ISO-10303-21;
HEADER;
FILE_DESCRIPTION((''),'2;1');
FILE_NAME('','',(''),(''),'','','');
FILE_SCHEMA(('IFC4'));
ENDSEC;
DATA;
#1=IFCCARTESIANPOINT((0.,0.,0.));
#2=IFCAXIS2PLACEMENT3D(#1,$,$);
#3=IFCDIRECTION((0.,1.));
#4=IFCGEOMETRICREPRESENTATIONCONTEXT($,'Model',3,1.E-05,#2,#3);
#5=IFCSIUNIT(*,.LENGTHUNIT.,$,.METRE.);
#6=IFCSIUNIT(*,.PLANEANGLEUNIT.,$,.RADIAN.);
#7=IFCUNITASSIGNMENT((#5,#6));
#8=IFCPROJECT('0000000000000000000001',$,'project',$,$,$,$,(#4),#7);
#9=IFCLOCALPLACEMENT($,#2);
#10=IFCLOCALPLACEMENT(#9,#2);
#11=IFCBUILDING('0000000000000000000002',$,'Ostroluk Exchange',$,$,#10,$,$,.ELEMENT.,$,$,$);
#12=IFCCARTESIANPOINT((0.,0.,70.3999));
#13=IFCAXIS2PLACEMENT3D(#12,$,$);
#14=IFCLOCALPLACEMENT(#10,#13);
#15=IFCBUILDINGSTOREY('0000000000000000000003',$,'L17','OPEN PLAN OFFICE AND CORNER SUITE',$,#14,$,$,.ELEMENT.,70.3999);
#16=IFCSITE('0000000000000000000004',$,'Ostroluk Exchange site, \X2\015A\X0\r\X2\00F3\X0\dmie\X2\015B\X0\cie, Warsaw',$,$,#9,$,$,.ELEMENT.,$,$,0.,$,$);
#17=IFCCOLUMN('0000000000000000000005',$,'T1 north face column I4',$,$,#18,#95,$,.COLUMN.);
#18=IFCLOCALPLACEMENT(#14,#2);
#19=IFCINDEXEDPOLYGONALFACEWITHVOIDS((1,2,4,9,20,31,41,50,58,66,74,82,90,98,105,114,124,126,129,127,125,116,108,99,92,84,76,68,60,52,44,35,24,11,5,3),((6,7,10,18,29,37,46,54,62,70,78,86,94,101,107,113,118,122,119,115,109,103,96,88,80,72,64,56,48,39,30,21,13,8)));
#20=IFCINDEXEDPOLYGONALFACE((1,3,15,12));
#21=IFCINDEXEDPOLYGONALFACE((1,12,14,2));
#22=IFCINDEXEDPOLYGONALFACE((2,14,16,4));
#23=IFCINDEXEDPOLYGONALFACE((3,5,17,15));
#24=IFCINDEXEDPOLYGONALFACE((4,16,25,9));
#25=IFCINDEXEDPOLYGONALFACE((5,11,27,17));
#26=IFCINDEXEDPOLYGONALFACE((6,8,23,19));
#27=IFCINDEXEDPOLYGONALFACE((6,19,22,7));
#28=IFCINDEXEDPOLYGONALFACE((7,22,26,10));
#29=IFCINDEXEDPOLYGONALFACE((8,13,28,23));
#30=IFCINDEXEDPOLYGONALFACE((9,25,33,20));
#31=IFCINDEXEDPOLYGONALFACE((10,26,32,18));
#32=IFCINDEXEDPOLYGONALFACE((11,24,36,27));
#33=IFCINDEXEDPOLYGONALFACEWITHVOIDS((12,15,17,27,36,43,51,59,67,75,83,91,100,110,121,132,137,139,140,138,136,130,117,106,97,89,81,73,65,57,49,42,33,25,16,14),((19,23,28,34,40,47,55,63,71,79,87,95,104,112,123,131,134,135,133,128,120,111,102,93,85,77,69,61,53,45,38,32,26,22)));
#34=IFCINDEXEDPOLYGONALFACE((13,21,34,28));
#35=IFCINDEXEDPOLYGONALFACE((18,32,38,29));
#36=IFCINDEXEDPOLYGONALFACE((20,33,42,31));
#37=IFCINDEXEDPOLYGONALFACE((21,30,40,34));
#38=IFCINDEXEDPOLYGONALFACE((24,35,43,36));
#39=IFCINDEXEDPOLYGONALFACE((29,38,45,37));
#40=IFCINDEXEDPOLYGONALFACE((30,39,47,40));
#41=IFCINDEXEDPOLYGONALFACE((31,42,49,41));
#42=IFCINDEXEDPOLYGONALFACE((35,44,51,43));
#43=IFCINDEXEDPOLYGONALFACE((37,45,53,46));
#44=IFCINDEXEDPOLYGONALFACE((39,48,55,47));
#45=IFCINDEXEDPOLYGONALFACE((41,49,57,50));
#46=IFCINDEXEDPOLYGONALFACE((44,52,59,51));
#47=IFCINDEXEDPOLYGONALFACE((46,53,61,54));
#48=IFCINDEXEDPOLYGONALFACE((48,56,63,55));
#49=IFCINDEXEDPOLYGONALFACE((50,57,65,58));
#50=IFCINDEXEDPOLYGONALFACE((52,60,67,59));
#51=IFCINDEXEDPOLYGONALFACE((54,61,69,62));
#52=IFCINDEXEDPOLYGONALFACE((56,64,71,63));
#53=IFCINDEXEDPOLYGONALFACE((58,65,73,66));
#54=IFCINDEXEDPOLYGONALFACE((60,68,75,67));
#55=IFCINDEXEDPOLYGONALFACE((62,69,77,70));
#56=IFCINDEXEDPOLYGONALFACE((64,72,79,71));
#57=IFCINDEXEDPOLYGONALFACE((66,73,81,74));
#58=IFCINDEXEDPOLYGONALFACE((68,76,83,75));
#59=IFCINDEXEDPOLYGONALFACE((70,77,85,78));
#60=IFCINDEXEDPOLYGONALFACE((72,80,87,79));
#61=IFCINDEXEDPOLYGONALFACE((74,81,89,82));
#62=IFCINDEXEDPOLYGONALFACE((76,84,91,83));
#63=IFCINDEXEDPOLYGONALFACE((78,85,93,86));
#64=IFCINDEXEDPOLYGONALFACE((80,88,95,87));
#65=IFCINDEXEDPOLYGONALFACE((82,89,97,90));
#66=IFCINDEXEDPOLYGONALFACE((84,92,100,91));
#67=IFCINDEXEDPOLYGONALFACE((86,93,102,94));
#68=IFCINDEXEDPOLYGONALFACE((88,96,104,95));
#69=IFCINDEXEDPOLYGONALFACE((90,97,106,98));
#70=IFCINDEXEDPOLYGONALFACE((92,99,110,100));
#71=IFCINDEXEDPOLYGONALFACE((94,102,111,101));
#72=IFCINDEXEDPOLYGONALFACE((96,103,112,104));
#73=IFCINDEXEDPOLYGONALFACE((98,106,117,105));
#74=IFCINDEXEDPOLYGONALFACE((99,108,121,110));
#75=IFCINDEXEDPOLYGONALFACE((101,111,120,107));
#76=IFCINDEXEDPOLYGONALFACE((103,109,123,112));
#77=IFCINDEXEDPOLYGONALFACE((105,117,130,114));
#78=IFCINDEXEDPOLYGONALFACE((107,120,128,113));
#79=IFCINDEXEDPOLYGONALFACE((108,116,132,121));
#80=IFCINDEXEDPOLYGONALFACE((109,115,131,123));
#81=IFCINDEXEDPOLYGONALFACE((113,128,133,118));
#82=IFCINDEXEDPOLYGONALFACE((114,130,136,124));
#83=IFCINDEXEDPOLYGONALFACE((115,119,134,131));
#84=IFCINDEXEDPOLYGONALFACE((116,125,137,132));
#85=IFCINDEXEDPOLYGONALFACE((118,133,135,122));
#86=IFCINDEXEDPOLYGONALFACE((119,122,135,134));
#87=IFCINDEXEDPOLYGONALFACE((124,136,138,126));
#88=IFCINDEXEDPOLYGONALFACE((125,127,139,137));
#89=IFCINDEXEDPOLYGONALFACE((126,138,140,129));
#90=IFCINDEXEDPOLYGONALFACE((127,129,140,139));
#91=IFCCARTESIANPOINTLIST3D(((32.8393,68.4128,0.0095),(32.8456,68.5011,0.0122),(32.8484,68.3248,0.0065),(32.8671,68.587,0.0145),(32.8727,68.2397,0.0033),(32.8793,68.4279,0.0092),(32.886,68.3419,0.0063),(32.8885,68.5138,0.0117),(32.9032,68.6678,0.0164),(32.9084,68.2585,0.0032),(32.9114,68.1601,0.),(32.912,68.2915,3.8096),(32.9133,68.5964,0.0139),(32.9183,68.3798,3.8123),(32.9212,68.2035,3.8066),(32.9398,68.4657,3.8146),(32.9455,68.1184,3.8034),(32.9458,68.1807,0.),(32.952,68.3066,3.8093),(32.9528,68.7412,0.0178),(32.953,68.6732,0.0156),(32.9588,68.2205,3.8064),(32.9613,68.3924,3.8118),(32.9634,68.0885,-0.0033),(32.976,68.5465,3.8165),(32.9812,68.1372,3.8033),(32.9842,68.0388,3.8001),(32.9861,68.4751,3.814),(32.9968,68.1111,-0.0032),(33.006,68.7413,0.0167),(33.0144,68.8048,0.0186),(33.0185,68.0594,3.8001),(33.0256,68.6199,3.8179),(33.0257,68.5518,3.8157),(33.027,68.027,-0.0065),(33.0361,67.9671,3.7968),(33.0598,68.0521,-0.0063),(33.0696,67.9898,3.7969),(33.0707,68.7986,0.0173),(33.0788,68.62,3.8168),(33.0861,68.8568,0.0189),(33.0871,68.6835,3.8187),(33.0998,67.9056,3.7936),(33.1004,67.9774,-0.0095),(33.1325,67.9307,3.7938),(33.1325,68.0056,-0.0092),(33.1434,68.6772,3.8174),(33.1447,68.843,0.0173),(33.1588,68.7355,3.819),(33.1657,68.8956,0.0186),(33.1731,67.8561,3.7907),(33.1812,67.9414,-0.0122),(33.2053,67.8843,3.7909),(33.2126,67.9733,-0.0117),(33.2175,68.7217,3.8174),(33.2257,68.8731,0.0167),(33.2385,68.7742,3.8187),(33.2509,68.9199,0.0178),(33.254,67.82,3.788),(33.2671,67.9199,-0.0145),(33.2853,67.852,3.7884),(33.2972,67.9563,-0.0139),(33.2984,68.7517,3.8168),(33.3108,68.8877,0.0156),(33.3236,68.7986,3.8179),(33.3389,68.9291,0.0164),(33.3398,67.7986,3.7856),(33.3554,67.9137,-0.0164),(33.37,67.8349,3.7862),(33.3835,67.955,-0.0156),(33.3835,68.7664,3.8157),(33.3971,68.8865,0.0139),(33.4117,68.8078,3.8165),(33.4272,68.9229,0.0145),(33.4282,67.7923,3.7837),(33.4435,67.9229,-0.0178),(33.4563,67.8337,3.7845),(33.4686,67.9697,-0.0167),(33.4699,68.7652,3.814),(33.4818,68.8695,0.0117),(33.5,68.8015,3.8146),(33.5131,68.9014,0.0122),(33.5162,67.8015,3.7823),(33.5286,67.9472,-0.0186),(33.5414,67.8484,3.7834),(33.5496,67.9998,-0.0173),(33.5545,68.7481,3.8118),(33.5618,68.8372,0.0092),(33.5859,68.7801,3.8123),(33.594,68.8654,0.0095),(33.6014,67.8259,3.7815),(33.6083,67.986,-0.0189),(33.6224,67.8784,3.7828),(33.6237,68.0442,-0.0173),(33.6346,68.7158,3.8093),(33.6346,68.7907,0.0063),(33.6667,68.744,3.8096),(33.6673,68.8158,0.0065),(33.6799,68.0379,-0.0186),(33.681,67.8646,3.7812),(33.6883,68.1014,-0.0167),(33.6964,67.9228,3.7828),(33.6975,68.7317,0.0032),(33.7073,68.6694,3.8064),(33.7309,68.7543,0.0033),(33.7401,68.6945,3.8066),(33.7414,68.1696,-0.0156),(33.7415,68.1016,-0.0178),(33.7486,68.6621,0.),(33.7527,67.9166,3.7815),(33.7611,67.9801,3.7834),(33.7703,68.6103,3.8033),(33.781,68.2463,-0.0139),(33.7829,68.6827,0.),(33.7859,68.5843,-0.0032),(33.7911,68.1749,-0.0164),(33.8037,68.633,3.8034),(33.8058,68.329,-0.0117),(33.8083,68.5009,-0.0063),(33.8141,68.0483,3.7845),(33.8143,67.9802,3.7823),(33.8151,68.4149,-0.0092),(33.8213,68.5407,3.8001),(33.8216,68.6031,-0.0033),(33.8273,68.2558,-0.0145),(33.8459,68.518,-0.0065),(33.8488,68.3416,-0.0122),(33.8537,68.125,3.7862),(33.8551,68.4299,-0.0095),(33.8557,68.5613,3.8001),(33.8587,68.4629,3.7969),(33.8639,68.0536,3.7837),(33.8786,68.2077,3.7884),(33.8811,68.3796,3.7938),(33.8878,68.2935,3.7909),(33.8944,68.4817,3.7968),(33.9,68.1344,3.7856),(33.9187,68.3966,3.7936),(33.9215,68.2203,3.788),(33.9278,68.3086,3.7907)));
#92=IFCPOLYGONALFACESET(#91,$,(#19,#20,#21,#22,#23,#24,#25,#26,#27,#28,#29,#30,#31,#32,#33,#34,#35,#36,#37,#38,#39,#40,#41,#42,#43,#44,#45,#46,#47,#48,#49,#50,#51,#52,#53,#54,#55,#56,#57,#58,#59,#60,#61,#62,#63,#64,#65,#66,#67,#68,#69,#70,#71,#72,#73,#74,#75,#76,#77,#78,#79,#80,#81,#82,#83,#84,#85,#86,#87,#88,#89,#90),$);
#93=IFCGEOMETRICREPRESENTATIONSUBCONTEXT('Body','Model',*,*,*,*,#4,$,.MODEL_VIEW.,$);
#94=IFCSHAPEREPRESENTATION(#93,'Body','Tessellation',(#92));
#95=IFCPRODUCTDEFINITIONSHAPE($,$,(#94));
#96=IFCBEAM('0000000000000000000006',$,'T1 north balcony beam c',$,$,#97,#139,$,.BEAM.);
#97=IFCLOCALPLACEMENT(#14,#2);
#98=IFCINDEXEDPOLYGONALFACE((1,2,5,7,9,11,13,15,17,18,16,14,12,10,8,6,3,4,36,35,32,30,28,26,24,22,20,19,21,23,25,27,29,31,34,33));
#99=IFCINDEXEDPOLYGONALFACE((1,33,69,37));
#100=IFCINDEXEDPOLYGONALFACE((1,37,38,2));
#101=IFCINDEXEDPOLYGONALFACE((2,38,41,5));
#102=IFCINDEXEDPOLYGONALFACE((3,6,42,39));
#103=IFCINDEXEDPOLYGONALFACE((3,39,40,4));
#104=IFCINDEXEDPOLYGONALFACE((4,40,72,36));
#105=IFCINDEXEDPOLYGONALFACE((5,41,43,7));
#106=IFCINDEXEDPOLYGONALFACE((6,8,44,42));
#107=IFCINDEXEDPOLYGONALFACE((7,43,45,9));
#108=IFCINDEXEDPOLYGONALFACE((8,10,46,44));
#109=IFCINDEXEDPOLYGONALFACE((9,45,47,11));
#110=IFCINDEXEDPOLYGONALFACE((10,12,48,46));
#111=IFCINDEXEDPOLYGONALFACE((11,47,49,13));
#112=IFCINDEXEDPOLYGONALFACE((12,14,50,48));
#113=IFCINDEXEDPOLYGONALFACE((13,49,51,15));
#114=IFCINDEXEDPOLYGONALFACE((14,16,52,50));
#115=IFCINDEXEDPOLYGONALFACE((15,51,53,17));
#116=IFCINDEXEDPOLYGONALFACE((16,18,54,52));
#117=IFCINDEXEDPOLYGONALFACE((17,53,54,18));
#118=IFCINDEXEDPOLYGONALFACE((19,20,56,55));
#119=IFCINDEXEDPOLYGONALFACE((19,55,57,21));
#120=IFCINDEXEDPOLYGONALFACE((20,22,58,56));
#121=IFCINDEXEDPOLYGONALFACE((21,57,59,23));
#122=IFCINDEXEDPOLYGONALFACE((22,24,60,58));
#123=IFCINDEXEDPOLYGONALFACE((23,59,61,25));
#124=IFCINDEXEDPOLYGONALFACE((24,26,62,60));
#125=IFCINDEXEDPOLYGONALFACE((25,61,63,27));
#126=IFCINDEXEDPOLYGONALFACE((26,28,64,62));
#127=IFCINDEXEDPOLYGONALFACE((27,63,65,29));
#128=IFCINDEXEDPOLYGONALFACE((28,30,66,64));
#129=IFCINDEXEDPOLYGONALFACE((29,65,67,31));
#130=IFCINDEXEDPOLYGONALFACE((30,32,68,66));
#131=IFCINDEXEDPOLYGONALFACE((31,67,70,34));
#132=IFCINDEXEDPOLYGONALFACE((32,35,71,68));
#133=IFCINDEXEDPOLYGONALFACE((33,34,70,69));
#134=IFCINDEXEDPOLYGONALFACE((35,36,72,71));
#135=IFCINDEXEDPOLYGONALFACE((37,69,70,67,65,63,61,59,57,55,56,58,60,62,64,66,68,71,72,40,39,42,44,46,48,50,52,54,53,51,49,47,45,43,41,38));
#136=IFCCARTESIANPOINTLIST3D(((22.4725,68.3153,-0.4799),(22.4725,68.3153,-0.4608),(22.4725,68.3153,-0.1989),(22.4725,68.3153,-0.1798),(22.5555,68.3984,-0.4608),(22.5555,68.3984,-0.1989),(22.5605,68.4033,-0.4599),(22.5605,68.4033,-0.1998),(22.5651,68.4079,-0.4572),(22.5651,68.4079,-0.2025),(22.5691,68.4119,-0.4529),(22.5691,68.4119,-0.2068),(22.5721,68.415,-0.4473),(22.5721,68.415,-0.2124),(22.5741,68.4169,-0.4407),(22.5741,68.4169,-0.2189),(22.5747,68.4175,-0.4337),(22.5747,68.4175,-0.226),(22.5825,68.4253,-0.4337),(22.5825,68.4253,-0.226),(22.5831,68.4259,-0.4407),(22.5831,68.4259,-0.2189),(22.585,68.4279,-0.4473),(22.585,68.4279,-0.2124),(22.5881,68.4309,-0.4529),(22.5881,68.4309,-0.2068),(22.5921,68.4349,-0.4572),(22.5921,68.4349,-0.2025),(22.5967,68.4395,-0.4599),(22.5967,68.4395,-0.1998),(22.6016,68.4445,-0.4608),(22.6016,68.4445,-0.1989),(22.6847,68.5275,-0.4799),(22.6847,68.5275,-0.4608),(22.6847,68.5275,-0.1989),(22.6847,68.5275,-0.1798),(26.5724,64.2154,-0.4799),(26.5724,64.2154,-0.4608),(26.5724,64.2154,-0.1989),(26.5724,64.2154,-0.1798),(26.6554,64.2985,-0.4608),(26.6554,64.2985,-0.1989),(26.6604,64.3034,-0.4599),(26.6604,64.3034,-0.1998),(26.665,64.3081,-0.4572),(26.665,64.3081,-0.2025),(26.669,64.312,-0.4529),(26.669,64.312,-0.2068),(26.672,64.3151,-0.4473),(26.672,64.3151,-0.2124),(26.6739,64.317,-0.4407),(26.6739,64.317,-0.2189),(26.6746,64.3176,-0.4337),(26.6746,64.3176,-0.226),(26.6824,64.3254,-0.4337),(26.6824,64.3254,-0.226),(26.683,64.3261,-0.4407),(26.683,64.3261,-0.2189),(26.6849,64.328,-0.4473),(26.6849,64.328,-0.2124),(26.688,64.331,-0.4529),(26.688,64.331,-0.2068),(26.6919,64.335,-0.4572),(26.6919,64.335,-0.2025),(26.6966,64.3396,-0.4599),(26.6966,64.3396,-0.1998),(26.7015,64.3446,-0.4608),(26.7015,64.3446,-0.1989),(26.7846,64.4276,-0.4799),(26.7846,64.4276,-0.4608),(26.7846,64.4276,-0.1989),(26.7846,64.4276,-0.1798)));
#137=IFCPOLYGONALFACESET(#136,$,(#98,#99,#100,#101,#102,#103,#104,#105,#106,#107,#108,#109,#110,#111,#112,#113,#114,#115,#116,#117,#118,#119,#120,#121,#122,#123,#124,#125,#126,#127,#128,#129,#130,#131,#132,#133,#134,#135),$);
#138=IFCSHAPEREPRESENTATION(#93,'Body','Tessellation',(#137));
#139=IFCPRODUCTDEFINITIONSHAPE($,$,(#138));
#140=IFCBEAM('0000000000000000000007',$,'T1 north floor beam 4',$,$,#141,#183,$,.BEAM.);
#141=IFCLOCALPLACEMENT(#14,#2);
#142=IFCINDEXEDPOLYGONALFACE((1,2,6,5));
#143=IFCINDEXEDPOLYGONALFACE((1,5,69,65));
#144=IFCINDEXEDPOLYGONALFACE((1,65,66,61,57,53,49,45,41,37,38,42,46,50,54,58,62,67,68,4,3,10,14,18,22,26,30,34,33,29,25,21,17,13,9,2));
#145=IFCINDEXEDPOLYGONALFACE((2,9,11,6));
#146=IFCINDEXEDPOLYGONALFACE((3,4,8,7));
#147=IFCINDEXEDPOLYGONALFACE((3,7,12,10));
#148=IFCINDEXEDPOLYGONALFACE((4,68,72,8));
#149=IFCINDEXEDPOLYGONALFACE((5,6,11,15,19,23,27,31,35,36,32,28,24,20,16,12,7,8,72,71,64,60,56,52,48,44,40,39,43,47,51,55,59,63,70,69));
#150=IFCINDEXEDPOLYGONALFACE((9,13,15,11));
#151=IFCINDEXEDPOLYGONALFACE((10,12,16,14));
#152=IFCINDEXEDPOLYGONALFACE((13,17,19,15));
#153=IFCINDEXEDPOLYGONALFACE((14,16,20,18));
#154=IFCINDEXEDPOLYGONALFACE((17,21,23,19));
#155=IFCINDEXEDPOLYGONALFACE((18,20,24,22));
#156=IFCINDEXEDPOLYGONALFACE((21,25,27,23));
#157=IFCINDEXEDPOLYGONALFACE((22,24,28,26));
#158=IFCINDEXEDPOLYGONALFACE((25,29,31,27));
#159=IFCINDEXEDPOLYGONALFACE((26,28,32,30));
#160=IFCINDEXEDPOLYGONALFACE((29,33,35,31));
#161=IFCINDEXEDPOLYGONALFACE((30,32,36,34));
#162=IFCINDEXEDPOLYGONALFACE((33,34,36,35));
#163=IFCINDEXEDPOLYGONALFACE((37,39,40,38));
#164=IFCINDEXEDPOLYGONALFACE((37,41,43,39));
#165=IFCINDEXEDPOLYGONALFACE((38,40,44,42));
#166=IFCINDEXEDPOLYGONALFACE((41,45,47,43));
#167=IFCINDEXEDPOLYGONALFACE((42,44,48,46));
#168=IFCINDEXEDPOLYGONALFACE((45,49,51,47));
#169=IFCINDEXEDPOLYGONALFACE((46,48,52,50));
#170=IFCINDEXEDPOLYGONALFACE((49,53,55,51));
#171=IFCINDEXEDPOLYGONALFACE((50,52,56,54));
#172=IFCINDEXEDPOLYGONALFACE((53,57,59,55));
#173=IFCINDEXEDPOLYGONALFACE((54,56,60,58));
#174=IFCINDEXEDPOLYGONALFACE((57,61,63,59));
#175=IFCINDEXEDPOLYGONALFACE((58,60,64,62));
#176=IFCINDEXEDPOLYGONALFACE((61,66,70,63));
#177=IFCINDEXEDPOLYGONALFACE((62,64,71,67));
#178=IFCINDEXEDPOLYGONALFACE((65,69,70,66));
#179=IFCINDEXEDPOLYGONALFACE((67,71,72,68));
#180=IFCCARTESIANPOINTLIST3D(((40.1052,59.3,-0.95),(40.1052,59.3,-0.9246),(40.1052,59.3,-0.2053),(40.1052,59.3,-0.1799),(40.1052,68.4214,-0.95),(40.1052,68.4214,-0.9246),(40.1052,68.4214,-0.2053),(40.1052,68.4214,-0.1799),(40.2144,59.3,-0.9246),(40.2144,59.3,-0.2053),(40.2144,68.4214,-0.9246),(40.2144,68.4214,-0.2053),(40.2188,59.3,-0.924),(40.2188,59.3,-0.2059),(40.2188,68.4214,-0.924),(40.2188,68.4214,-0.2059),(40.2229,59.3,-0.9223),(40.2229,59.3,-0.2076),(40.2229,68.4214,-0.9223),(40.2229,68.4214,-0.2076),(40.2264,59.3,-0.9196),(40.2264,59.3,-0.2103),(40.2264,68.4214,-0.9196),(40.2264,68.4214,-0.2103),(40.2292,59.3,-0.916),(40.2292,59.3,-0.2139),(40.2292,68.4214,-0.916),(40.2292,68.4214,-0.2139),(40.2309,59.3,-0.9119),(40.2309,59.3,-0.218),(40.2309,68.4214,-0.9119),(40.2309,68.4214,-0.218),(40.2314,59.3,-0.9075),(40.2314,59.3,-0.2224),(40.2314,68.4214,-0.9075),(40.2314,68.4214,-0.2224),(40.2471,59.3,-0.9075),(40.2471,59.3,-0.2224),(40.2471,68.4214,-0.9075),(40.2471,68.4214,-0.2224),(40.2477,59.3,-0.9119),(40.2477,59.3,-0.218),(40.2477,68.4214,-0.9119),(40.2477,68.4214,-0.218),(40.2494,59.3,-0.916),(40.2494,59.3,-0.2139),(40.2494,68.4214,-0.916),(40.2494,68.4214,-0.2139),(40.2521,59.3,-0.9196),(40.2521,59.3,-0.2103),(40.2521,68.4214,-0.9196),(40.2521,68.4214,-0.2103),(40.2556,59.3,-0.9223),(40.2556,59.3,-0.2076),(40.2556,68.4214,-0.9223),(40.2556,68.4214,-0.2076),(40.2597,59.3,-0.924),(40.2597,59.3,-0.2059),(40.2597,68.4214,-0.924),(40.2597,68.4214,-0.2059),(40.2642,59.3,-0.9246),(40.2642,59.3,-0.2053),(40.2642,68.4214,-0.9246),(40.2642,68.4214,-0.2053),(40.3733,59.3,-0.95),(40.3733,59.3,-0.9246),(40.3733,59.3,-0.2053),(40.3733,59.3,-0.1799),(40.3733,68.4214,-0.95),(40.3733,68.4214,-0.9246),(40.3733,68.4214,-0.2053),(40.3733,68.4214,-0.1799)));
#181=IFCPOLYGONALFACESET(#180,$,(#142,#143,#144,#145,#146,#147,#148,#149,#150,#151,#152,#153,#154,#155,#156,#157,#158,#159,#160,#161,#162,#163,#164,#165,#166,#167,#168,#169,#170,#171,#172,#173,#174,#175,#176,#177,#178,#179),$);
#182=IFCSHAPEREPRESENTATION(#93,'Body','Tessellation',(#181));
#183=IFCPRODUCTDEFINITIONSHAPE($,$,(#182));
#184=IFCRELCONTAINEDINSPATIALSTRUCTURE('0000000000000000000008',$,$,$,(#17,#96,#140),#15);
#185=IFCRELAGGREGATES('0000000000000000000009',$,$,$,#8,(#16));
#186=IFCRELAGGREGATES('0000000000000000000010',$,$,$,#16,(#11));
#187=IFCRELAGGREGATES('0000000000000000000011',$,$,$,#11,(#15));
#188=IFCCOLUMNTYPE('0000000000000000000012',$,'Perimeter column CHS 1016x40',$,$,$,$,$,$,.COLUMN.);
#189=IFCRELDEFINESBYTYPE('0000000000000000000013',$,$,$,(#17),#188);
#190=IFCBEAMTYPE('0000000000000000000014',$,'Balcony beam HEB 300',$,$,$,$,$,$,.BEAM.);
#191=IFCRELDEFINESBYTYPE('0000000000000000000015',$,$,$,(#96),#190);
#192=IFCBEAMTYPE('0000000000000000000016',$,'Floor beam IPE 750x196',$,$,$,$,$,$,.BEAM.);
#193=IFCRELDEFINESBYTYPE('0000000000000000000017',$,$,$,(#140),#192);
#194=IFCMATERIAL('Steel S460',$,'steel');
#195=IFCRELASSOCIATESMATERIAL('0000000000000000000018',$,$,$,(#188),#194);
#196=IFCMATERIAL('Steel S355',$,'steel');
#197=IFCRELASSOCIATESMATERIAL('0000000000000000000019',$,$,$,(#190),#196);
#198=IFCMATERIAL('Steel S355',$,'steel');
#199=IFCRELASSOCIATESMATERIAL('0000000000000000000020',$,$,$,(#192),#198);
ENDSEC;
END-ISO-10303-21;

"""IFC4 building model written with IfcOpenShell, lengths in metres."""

from ifc_helpers import new_model, si_unit, direction, frame, origin, origin_2d, place, context, subcontext, project, spatial, hollow_circle, i_section, extrude, material, material_profile, profile_set, type_object, element, save


model = new_model("IFC4")

# Units and contexts
model_context = context("Model", 3, precision=1e-05, world=origin(), true_north=direction((0.0, 1.0)))
body_context = subcontext(model_context, "Body", "Model", "MODEL_VIEW")
ifc_project = project(units=[si_unit("LENGTHUNIT", "METRE"), si_unit("PLANEANGLEUNIT", "RADIAN")], contexts=[model_context])

# Site, building, storey
site_placement = place(None, origin())
site = spatial("IfcSite", under=ifc_project, at=site_placement, Name="Ostroluk Exchange site, Śródmieście, Warsaw", CompositionType="ELEMENT", RefElevation=0.0)
building_placement = place(site_placement, origin())
building = spatial("IfcBuilding", under=site, at=building_placement, Name="Ostroluk Exchange", CompositionType="ELEMENT")
storey_placement = place(building_placement, frame((0.0, 0.0, 70.3999)))
storey = spatial("IfcBuildingStorey", under=building, at=storey_placement, Name="L17", Description="OPEN PLAN OFFICE AND CORNER SUITE", CompositionType="ELEMENT", Elevation=70.3999)

# Column
ifc_material_1 = material(Name="Steel S460", Category="steel")
ifc_material_profile_1 = material_profile(ifc_material_1, hollow_circle(Radius=0.5081, WallThickness=0.04, at=origin_2d()), Name="CHS 1016x40")
ifc_profile_set_1 = profile_set([ifc_material_profile_1], Name="Steel S460")
column_type = type_object("IfcColumnType", Name="Perimeter column CHS 1016x40", PredefinedType="COLUMN", material=ifc_profile_set_1)
column_placement = place(storey_placement, frame((33.3472, 68.4214, 0.0), z_axis=(0.019132, -0.031909, 0.999308), x_axis=(0.857645, 0.514242, 0.0)))
element("IfcColumn", 1, at=column_placement, inside=storey, type_object=column_type, Name="T1 north face column I4", PredefinedType="COLUMN", context=body_context, shape_type="SweptSolid", body=[
    extrude(hollow_circle(Radius=0.5081, WallThickness=0.04, at=origin_2d()), origin(), (0.0, 0.0, 1.0), 3.8027),
])

# Beams
ifc_material_2 = material(Name="Steel S355", Category="steel")
ifc_material_profile_2 = material_profile(ifc_material_2, i_section(OverallWidth=0.3, OverallDepth=0.3, WebThickness=0.011, FlangeThickness=0.019, FilletRadius=0.0271, at=origin_2d()), Name="HEB 300")
ifc_profile_set_2 = profile_set([ifc_material_profile_2], Name="Steel S355")
beam_type_1 = type_object("IfcBeamType", Name="Balcony beam HEB 300", PredefinedType="BEAM", material=ifc_profile_set_2)
beam_1_placement = place(storey_placement, frame((26.6785, 64.3215, -0.3298), z_axis=(-0.707107, 0.707107, 0.0), x_axis=(-0.707107, -0.707107, 0.0)))
element("IfcBeam", 2, at=beam_1_placement, inside=storey, type_object=beam_type_1, Name="T1 north balcony beam c", PredefinedType="BEAM", context=body_context, shape_type="SweptSolid", body=[
    extrude(i_section(OverallWidth=0.3, OverallDepth=0.3, WebThickness=0.011, FlangeThickness=0.019, FilletRadius=0.0271, at=origin_2d()), origin(), (0.0, 0.0, 1.0), 5.7981),
])
ifc_material_3 = material(Name="Steel S355", Category="steel")
ifc_material_profile_3 = material_profile(ifc_material_3, i_section(OverallWidth=0.2681, OverallDepth=0.77, WebThickness=0.0156, FlangeThickness=0.0254, FilletRadius=0.0171, at=origin_2d()), Name="IPE 750x196")
ifc_profile_set_3 = profile_set([ifc_material_profile_3], Name="Steel S355")
beam_type_2 = type_object("IfcBeamType", Name="Floor beam IPE 750x196", PredefinedType="BEAM", material=ifc_profile_set_3)
beam_2_placement = place(storey_placement, frame((40.2393, 59.3, -0.5649), z_axis=(0.0, 1.0, 0.0), x_axis=(-1.0, 0.0, 0.0)))
element("IfcBeam", 3, at=beam_2_placement, inside=storey, type_object=beam_type_2, Name="T1 north floor beam 4", PredefinedType="BEAM", context=body_context, shape_type="SweptSolid", body=[
    extrude(i_section(OverallWidth=0.2681, OverallDepth=0.77, WebThickness=0.0156, FlangeThickness=0.0254, FilletRadius=0.0171, at=origin_2d()), origin(), (0.0, 0.0, 1.0), 9.1213),
])

save(model, "model.ifc")
